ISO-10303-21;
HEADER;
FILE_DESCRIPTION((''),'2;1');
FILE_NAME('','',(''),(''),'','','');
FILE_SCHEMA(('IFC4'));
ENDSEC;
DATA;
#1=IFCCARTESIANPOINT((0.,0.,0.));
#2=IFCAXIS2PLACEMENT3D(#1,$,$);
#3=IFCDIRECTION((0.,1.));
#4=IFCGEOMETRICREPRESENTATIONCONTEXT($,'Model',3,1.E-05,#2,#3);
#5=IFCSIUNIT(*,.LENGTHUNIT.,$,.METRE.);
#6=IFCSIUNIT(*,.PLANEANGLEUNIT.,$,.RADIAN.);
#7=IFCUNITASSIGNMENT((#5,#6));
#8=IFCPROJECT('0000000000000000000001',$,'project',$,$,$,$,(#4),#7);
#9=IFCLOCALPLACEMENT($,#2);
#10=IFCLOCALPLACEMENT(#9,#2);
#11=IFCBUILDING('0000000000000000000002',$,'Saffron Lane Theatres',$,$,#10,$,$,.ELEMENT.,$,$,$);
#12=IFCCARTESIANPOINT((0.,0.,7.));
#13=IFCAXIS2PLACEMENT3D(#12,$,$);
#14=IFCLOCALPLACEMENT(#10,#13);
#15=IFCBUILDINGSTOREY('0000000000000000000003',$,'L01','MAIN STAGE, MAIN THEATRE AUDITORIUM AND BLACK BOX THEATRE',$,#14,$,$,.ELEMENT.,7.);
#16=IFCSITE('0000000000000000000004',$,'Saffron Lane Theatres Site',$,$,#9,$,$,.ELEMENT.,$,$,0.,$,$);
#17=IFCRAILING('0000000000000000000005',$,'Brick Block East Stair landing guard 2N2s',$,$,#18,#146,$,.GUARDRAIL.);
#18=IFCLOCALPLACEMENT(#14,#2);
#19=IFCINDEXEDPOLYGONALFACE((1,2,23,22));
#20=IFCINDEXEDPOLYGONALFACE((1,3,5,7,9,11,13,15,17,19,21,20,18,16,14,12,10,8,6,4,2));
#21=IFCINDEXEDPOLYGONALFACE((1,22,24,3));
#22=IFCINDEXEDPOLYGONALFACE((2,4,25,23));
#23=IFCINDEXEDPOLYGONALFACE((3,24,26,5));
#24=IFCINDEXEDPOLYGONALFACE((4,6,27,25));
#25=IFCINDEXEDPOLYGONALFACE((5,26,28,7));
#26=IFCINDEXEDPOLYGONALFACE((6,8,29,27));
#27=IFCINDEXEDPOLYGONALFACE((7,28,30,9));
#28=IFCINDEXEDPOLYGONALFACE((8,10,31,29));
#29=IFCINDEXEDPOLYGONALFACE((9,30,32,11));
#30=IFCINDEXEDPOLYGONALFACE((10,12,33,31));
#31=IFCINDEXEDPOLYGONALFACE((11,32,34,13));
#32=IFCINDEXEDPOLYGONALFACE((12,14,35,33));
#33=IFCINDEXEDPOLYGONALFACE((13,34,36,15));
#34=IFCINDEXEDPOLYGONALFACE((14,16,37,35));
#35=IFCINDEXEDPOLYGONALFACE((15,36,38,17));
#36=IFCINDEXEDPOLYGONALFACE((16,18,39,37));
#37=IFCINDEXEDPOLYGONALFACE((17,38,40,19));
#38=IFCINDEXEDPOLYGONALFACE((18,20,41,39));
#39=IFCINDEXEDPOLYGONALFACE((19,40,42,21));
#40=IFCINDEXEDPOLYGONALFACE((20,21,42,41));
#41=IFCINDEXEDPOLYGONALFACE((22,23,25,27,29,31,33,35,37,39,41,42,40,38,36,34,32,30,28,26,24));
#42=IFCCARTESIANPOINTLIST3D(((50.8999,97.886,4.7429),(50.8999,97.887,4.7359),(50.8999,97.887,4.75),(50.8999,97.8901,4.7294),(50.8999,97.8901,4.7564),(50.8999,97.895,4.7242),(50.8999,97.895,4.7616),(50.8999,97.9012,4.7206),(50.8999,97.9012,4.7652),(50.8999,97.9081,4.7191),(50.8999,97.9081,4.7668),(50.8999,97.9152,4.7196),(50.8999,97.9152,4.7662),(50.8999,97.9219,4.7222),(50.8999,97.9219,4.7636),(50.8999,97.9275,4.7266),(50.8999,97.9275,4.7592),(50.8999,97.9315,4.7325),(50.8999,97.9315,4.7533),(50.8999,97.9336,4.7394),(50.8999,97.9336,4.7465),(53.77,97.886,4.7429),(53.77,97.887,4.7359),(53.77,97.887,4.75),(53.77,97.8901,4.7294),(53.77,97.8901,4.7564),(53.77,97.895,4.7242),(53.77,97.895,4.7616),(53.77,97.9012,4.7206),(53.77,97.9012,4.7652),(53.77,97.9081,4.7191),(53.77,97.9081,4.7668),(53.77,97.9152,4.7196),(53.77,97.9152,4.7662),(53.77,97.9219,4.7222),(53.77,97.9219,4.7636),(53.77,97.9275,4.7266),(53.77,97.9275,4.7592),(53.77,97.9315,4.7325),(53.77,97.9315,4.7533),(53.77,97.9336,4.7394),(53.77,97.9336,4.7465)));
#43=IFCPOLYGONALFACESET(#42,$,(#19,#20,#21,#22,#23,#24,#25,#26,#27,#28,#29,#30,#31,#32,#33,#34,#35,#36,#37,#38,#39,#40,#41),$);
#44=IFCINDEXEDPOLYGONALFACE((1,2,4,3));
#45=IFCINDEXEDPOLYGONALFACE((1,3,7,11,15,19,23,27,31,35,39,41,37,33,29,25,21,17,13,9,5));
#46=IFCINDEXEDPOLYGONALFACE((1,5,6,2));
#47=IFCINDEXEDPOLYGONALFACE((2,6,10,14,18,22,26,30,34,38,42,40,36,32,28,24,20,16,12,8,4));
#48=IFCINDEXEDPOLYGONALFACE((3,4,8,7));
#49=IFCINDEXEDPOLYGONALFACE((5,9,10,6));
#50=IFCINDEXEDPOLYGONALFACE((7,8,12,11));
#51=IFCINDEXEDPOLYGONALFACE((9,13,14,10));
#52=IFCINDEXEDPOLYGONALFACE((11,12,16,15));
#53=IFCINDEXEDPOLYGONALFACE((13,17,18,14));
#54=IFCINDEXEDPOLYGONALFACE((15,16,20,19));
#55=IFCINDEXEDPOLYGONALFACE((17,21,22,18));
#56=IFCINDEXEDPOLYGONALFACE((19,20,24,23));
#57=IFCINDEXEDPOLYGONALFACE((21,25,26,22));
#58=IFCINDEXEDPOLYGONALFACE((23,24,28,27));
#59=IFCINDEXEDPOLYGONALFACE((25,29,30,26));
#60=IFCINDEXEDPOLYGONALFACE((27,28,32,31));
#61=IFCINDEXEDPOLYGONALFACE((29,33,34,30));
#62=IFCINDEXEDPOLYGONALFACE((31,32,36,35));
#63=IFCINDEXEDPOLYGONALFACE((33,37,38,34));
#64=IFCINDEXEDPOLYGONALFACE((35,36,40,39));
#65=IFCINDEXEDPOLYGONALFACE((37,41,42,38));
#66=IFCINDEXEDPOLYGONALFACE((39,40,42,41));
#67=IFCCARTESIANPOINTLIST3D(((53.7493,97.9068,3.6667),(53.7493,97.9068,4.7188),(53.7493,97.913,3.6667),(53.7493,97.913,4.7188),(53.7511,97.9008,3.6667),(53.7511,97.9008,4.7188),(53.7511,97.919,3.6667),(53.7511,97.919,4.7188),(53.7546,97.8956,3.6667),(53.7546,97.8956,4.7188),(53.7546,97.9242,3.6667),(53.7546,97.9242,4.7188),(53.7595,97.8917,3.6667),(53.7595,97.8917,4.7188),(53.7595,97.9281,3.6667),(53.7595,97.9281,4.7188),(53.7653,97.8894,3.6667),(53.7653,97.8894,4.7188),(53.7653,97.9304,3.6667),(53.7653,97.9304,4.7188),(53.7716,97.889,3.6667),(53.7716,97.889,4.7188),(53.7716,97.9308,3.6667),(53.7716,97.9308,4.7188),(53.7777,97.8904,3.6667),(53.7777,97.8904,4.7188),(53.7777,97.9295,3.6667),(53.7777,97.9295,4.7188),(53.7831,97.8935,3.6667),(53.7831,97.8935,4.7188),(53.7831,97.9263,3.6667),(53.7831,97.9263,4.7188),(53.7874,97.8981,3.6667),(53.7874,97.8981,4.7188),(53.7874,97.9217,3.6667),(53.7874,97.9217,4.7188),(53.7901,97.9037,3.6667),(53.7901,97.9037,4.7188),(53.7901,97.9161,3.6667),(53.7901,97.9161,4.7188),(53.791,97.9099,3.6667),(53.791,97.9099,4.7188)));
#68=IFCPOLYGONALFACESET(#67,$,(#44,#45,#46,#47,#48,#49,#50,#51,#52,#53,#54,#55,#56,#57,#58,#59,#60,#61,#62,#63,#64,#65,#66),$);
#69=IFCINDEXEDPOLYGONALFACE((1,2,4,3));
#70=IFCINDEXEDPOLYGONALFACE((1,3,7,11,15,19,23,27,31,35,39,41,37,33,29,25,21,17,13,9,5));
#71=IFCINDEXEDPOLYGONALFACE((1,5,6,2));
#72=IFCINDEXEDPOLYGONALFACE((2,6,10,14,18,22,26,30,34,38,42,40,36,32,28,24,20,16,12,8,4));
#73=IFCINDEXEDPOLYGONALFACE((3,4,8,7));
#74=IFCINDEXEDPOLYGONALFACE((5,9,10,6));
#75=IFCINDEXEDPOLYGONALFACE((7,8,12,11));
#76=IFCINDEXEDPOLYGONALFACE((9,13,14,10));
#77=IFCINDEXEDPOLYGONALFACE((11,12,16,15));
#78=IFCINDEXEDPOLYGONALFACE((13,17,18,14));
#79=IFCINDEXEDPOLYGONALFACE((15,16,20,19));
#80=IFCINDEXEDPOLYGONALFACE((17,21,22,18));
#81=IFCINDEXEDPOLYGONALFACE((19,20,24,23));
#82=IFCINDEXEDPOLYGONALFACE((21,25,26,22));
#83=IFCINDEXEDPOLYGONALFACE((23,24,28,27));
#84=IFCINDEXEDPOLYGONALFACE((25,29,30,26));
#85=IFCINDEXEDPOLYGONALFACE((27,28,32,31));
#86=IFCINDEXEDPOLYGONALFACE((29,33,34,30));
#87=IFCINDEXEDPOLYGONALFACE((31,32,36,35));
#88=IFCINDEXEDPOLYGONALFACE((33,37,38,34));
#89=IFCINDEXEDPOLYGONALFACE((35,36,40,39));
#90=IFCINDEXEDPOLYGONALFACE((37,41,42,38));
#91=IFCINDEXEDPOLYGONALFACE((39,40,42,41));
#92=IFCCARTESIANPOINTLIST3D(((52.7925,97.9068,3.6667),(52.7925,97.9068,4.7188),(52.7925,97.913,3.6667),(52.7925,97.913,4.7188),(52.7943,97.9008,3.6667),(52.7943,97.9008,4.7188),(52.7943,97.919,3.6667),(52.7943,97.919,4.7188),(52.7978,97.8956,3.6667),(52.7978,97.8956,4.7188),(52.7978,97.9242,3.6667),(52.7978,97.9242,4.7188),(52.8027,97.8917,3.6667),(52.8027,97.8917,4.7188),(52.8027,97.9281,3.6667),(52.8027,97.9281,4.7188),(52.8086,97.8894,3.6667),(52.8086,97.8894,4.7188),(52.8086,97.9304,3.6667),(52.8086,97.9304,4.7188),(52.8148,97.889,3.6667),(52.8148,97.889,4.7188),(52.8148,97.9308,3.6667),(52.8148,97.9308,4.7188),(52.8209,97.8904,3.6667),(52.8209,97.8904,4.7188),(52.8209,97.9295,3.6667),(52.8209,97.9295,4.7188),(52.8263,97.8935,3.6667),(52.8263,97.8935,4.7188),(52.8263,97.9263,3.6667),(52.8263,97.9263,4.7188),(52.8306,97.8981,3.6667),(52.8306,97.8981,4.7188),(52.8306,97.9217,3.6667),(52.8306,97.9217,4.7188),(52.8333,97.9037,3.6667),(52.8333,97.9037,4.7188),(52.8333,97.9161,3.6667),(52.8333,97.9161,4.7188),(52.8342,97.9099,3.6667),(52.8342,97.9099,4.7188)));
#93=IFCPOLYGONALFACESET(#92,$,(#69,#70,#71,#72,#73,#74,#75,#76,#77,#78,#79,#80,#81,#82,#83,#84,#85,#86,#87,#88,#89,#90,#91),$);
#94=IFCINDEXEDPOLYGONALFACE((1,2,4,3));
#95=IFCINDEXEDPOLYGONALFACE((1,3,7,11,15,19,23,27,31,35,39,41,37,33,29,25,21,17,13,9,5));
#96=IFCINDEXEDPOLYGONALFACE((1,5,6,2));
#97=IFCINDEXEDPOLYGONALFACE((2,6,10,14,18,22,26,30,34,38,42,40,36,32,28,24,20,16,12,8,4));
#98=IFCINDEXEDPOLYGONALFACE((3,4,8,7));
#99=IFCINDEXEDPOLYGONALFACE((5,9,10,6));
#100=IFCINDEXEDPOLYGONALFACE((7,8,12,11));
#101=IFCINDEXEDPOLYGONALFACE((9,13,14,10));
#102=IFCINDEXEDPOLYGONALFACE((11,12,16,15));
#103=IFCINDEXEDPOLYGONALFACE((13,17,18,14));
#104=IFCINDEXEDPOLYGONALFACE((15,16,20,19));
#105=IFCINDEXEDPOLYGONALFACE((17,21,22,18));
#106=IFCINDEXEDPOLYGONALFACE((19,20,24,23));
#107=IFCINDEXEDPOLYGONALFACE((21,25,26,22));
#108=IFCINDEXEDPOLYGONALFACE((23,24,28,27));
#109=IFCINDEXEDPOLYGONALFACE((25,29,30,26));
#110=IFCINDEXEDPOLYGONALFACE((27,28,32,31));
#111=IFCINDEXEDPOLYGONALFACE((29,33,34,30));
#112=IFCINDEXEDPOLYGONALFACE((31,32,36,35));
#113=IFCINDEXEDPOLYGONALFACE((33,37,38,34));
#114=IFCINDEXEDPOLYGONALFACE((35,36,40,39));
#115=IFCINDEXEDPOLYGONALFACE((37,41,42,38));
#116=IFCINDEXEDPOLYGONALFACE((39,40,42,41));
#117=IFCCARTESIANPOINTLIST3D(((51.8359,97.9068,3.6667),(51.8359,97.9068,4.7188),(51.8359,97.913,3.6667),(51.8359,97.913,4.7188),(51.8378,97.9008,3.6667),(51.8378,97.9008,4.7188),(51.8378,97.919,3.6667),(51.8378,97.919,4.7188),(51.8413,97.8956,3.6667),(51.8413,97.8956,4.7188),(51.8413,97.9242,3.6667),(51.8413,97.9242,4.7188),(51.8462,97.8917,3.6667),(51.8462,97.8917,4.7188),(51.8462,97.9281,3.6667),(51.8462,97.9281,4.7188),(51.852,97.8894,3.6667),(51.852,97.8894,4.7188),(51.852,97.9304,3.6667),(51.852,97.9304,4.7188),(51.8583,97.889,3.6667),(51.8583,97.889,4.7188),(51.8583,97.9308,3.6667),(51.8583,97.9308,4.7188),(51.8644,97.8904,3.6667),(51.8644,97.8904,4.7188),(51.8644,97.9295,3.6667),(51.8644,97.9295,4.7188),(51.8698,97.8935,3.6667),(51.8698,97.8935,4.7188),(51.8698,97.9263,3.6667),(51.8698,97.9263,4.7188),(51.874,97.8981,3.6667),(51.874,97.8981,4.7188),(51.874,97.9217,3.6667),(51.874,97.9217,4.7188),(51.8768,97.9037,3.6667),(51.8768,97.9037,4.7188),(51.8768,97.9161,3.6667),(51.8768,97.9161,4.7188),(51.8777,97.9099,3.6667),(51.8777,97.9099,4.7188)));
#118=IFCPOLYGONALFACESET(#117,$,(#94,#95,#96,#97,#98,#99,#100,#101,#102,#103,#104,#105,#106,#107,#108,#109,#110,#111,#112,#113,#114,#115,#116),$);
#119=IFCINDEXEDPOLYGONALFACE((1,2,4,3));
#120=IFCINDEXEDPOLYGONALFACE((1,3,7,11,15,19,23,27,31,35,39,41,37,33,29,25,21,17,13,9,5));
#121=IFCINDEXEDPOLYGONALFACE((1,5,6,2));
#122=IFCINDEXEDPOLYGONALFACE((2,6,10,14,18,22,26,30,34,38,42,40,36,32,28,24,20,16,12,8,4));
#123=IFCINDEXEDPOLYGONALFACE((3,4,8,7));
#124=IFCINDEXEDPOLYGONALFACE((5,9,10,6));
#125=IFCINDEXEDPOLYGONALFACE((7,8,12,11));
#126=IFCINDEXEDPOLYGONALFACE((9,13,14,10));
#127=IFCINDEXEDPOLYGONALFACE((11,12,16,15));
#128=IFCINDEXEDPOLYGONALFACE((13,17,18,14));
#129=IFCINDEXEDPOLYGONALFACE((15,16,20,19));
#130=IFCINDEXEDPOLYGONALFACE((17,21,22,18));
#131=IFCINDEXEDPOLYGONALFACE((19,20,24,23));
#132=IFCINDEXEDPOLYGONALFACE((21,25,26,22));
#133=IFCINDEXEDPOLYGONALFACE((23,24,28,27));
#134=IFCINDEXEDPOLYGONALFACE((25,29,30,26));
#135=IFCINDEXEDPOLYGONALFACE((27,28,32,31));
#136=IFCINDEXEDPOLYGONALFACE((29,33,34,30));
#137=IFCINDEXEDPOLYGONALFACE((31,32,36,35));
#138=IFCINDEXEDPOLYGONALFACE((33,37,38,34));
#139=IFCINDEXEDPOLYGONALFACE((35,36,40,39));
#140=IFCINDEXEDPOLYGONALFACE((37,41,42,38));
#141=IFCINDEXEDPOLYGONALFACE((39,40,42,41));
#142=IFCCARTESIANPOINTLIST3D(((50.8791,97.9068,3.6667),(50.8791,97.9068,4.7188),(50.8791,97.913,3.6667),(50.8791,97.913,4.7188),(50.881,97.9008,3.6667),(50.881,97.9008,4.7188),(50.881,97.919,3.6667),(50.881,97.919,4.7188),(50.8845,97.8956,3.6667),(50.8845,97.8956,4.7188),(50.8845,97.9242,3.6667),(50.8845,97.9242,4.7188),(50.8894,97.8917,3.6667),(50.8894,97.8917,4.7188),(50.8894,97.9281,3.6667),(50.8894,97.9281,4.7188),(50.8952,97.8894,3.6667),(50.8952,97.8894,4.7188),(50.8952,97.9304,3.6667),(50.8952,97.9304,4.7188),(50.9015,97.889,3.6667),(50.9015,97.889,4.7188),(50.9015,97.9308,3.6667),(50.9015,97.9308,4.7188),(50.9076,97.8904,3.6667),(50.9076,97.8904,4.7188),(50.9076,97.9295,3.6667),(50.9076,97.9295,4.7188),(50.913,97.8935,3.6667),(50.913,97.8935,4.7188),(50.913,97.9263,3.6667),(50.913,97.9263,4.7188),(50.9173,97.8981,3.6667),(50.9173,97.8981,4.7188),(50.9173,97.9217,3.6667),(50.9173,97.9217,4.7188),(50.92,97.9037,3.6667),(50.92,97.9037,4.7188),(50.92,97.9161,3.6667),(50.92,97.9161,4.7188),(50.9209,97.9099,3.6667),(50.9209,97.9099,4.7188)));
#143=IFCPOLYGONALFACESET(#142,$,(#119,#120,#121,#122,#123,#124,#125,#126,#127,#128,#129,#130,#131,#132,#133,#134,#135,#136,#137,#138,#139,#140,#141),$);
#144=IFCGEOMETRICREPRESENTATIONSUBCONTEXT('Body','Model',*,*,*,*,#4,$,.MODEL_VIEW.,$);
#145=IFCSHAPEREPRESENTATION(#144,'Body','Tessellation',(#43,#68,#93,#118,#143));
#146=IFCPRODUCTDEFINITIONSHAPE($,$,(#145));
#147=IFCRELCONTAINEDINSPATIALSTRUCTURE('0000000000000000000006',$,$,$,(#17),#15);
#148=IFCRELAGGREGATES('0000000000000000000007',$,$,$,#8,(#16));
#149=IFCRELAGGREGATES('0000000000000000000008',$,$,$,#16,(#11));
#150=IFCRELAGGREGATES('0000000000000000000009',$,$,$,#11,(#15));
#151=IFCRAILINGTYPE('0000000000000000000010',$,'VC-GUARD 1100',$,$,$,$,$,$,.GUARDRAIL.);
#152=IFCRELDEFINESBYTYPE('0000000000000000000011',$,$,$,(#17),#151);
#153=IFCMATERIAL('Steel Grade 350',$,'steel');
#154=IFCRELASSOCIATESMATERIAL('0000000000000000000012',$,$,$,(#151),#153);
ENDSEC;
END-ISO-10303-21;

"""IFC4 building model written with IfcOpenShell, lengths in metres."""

from ifc_helpers import new_model, si_unit, direction, frame, origin, origin_2d, place, context, subcontext, project, spatial, circle, extrude, material, type_object, element, save


model = new_model("IFC4")

# Units and contexts
model_context = context("Model", 3, precision=1e-05, world=origin(), true_north=direction((0.0, 1.0)))
body_context = subcontext(model_context, "Body", "Model", "MODEL_VIEW")
ifc_project = project(units=[si_unit("LENGTHUNIT", "METRE"), si_unit("PLANEANGLEUNIT", "RADIAN")], contexts=[model_context])

# Site, building, storey
site_placement = place(None, origin())
site = spatial("IfcSite", under=ifc_project, at=site_placement, Name="Saffron Lane Theatres Site", CompositionType="ELEMENT", RefElevation=0.0)
building_placement = place(site_placement, origin())
building = spatial("IfcBuilding", under=site, at=building_placement, Name="Saffron Lane Theatres", CompositionType="ELEMENT")
storey_placement = place(building_placement, frame((0.0, 0.0, 7.0)))
storey = spatial("IfcBuildingStorey", under=building, at=storey_placement, Name="L01", Description="MAIN STAGE, MAIN THEATRE AUDITORIUM AND BLACK BOX THEATRE", CompositionType="ELEMENT", Elevation=7.0)

# Railing
ifc_material_1 = material(Name="Steel Grade 350", Category="steel")
railing_type_1 = type_object("IfcRailingType", Name="VC-GUARD 1100", PredefinedType="GUARDRAIL", material=ifc_material_1)
railing_1_placement = place(storey_placement, frame((53.77, 97.9099, 3.6667)))
element("IfcRailing", 1, at=railing_1_placement, inside=storey, type_object=railing_type_1, Name="Brick Block East Stair landing guard 2N2s", PredefinedType="GUARDRAIL", context=body_context, shape_type="SweptSolid", body=[
    extrude(circle(Radius=0.0239, at=origin_2d()), frame((0.0, 0.0, 1.0762), z_axis=(-1.0, 0.0, 0.0), x_axis=(0.0, -1.0, 0.0)), (0.0, 0.0, 1.0), 2.8701),
    extrude(circle(Radius=0.021, at=origin_2d()), origin(), (0.0, 0.0, 1.0), 1.052),
    extrude(circle(Radius=0.021, at=origin_2d()), frame((-0.9568, 0.0, 0.0)), (0.0, 0.0, 1.0), 1.052),
    extrude(circle(Radius=0.021, at=origin_2d()), frame((-1.9133, 0.0, 0.0)), (0.0, 0.0, 1.0), 1.052),
    extrude(circle(Radius=0.021, at=origin_2d()), frame((-2.8701, 0.0, 0.0)), (0.0, 0.0, 1.0), 1.052),
])

save(model, "model.ifc")
